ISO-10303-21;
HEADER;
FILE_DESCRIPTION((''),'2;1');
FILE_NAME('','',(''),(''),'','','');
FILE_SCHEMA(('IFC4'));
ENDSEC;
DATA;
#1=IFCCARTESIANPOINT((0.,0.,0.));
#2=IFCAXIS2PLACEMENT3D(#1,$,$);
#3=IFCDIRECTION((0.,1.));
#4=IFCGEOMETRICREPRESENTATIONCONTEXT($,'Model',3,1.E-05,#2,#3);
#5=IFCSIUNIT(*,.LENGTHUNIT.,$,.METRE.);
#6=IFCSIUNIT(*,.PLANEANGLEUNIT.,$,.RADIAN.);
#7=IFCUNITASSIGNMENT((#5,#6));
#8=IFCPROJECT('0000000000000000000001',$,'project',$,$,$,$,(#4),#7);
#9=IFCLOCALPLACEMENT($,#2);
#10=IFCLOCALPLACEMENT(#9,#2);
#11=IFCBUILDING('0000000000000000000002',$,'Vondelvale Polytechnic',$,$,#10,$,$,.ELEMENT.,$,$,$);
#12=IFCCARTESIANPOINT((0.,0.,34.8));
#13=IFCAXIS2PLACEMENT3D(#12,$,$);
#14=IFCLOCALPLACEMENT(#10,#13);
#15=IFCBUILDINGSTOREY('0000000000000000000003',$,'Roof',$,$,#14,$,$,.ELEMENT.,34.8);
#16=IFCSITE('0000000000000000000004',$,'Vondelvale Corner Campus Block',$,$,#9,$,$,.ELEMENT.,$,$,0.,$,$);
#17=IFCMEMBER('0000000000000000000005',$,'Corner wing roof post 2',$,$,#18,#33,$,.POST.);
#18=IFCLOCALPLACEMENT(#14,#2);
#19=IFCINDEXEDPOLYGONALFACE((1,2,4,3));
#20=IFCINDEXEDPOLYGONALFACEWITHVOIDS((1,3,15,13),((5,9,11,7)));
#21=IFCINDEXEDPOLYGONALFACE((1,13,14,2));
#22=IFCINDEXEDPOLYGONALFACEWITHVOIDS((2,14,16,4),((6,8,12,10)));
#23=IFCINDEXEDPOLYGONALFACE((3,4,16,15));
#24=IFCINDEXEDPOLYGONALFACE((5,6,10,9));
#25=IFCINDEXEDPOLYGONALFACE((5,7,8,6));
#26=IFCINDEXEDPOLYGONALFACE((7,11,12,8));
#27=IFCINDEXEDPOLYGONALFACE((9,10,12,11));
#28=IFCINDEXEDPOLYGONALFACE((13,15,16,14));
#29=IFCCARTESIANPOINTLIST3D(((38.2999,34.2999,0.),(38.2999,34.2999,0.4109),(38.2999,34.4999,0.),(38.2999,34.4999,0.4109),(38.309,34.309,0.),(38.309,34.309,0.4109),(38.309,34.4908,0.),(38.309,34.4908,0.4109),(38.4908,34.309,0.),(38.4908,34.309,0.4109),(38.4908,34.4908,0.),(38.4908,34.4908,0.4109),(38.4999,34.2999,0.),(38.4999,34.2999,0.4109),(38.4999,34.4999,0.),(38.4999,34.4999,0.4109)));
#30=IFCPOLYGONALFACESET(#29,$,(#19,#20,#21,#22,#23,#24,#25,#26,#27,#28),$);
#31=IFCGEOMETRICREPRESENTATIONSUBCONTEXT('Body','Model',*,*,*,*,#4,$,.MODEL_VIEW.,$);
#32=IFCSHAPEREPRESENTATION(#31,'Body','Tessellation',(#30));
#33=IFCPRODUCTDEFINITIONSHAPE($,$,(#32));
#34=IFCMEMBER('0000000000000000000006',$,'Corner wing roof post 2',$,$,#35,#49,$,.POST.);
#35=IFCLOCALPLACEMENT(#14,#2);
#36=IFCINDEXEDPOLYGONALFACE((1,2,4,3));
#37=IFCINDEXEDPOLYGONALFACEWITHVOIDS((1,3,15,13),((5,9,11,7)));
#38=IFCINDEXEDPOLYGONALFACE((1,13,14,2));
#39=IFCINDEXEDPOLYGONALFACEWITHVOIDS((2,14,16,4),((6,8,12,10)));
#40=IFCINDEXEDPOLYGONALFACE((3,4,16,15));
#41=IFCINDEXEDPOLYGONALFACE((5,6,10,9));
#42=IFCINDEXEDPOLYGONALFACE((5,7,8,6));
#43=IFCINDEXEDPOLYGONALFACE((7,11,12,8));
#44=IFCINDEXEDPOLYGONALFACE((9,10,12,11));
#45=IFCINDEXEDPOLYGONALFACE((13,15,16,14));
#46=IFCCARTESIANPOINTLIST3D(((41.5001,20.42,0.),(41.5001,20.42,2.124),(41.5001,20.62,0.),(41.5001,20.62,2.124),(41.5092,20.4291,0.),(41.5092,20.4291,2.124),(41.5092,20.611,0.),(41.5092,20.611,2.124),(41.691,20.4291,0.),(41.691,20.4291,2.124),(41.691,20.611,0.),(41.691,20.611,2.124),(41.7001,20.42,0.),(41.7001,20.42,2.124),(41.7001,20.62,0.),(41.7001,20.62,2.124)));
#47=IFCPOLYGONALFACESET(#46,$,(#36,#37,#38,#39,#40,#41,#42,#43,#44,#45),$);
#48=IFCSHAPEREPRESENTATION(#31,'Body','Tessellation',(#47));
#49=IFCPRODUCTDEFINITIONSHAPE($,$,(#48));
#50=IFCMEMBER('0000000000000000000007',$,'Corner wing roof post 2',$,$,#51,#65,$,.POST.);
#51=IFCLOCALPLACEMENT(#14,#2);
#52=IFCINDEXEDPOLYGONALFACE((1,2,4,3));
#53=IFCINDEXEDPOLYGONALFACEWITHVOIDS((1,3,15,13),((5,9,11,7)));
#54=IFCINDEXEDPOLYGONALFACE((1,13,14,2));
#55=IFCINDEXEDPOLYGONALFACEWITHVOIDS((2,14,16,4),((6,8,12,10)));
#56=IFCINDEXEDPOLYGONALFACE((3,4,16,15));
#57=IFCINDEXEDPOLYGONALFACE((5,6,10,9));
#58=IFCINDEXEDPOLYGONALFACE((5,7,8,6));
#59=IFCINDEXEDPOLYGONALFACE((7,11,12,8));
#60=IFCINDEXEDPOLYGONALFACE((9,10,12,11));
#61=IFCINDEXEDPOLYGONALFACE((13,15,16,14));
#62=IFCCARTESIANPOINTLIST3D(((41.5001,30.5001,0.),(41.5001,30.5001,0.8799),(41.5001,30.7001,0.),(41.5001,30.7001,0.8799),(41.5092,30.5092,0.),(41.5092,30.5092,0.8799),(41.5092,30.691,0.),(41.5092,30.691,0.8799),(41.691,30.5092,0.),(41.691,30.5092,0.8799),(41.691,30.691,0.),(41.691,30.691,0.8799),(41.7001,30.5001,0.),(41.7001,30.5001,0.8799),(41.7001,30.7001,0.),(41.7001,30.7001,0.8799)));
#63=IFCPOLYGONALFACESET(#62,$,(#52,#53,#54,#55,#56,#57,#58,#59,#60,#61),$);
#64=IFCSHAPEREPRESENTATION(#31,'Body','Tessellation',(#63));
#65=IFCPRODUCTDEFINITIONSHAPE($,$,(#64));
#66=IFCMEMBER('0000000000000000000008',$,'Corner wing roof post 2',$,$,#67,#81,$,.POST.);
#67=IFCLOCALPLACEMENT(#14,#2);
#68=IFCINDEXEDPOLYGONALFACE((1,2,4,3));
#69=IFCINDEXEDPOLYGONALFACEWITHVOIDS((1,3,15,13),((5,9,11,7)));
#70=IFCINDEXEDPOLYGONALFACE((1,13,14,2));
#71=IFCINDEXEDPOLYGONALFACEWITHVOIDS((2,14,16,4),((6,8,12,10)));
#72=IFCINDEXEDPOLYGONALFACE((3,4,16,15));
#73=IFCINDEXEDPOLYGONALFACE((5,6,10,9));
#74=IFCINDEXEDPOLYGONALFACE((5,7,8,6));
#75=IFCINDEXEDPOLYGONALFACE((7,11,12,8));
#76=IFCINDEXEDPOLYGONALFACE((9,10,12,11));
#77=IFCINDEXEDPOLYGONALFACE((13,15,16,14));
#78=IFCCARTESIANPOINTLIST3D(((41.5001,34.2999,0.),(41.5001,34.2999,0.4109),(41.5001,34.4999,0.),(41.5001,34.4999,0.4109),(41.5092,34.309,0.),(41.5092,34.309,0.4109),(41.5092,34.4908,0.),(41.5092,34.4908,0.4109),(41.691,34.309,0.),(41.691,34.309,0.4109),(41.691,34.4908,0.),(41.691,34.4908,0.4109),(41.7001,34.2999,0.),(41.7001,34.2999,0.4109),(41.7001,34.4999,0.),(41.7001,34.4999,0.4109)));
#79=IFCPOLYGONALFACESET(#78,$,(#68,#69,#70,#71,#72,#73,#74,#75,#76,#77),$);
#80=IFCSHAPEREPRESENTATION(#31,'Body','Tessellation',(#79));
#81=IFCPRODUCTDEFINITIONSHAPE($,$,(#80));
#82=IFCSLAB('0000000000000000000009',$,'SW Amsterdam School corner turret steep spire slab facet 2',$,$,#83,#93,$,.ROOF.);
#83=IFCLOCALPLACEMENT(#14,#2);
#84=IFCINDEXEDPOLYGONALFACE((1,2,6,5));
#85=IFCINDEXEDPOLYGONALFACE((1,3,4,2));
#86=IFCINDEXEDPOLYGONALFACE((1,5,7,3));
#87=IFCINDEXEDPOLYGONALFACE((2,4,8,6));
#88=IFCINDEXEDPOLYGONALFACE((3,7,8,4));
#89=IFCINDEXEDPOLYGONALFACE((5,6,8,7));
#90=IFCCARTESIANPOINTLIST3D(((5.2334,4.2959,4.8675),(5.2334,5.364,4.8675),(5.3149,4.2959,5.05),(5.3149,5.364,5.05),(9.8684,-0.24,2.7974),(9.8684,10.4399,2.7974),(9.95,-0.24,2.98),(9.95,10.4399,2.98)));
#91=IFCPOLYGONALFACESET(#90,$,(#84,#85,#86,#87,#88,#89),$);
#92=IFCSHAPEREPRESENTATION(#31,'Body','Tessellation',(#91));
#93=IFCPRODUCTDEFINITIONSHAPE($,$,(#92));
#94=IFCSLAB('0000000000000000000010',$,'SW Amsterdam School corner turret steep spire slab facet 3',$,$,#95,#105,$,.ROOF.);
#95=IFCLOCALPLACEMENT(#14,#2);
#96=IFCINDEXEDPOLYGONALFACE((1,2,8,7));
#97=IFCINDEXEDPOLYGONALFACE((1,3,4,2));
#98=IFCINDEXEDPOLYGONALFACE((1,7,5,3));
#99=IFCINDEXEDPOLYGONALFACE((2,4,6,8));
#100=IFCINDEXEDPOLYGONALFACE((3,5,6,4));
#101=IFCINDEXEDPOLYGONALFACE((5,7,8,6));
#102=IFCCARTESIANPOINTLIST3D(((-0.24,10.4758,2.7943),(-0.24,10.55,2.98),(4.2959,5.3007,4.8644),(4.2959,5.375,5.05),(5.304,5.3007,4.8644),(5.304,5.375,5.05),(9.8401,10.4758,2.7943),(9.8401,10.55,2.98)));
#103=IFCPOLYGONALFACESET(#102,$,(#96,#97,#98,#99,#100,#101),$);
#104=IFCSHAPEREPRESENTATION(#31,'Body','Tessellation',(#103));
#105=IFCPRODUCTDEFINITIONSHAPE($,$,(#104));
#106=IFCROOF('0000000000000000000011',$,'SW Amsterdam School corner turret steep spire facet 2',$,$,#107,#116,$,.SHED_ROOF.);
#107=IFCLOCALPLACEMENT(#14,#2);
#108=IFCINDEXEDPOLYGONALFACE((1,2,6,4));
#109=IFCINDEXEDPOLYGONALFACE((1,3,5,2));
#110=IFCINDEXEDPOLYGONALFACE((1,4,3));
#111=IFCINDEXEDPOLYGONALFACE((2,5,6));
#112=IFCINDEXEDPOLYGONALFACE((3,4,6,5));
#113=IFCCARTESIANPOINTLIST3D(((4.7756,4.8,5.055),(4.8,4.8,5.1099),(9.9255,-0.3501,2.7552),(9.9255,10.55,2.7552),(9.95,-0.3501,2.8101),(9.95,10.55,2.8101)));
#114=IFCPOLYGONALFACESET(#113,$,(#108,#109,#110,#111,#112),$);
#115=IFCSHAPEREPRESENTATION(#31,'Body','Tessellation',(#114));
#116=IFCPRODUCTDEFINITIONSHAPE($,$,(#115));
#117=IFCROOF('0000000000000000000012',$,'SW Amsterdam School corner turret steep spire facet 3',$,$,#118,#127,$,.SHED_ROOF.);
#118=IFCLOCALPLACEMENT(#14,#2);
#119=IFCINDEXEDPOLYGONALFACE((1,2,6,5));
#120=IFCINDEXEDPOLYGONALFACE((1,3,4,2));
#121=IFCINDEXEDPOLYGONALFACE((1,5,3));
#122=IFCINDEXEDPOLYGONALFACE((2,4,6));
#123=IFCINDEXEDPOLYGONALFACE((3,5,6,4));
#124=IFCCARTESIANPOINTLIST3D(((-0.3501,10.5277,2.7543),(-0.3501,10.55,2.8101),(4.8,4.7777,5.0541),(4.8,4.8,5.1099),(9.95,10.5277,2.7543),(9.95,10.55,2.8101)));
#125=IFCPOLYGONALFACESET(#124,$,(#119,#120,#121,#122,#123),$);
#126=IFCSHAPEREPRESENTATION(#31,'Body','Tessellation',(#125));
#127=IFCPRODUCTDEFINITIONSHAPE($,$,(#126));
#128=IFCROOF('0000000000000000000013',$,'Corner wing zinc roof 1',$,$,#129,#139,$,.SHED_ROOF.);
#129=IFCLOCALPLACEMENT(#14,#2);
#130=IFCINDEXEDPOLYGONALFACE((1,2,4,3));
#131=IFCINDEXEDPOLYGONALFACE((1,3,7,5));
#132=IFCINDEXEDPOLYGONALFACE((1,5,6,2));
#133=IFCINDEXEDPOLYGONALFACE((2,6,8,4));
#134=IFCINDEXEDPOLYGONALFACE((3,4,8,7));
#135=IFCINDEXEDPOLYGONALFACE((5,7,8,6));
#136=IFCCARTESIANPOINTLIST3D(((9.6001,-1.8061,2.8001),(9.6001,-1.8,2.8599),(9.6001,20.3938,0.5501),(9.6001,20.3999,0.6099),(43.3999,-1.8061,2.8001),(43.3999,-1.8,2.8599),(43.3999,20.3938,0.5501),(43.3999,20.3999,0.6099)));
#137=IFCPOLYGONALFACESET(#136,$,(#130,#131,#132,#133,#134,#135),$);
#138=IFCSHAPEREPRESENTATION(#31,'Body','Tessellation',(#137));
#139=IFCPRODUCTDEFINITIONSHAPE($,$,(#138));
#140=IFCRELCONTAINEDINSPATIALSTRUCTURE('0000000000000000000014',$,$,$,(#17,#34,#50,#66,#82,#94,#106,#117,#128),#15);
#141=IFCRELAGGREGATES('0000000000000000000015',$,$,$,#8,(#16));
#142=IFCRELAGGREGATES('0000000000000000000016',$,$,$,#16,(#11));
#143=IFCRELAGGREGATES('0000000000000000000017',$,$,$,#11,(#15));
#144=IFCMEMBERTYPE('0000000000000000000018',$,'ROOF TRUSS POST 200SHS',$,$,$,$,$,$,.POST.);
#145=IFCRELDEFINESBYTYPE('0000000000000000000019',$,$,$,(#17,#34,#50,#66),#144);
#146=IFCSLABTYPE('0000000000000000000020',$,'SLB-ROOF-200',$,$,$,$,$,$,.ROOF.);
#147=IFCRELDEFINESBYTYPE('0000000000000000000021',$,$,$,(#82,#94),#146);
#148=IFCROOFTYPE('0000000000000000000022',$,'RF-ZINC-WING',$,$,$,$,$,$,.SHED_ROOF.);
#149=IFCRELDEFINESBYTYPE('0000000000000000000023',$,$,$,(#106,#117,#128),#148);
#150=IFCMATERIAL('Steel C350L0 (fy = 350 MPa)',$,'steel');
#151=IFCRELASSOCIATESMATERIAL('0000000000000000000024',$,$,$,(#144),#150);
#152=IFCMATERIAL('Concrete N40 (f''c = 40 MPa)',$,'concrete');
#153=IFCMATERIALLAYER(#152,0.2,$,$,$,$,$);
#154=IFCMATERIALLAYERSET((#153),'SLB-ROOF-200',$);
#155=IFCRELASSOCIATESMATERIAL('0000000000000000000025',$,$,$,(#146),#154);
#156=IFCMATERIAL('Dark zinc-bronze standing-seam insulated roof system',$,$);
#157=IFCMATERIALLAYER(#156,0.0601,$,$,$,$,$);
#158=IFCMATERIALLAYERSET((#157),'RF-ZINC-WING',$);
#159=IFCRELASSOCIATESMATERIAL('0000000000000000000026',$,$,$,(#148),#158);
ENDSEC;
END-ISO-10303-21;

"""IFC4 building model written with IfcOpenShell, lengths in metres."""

from ifc_helpers import new_model, si_unit, direction, frame, origin, origin_2d, place, context, subcontext, project, spatial, polyline, hollow_rectangle, outline, extrude, material, layer, layer_set, material_profile, profile_set, type_object, element, save


model = new_model("IFC4")

# Units and contexts
model_context = context("Model", 3, precision=1e-05, world=origin(), true_north=direction((0.0, 1.0)))
body_context = subcontext(model_context, "Body", "Model", "MODEL_VIEW")
ifc_project = project(units=[si_unit("LENGTHUNIT", "METRE"), si_unit("PLANEANGLEUNIT", "RADIAN")], contexts=[model_context])

# Site, building, storey
site_placement = place(None, origin())
site = spatial("IfcSite", under=ifc_project, at=site_placement, Name="Vondelvale Corner Campus Block", CompositionType="ELEMENT", RefElevation=0.0)
building_placement = place(site_placement, origin())
building = spatial("IfcBuilding", under=site, at=building_placement, Name="Vondelvale Polytechnic", CompositionType="ELEMENT")
storey_placement = place(building_placement, frame((0.0, 0.0, 34.8)))
storey = spatial("IfcBuildingStorey", under=building, at=storey_placement, Name="Roof", CompositionType="ELEMENT", Elevation=34.8)

# Members
ifc_material_1 = material(Name="Steel C350L0 (fy = 350 MPa)", Category="steel")
ifc_material_profile_1 = material_profile(ifc_material_1, hollow_rectangle(XDim=0.2, YDim=0.2, WallThickness=0.009, at=origin_2d()), Name="200x200x9.0SHS")
ifc_profile_set_1 = profile_set([ifc_material_profile_1], Name="Steel C350L0 (fy = 350 MPa)")
member_type_1 = type_object("IfcMemberType", Name="ROOF TRUSS POST 200SHS", PredefinedType="POST", material=ifc_profile_set_1)
member_1_placement = place(storey_placement, frame((38.3999, 34.3999, 0.0), z_axis=(0.0, 0.0, 1.0), x_axis=(1.0, 0.0, 0.0)))
element("IfcMember", 1, at=member_1_placement, inside=storey, type_object=member_type_1, Name="Corner wing roof post 2", PredefinedType="POST", context=body_context, shape_type="SweptSolid", body=[
    extrude(hollow_rectangle(XDim=0.2, YDim=0.2, WallThickness=0.009, at=origin_2d()), origin(), (0.0, 0.0, 1.0), 0.4109),
])
member_2_placement = place(storey_placement, frame((41.6001, 20.52, 0.0), z_axis=(0.0, 0.0, 1.0), x_axis=(1.0, 0.0, 0.0)))
element("IfcMember", 2, at=member_2_placement, inside=storey, type_object=member_type_1, Name="Corner wing roof post 2", PredefinedType="POST", context=body_context, shape_type="SweptSolid", body=[
    extrude(hollow_rectangle(XDim=0.2, YDim=0.2, WallThickness=0.009, at=origin_2d()), origin(), (0.0, 0.0, 1.0), 2.124),
])
member_3_placement = place(storey_placement, frame((41.6001, 30.6001, 0.0), z_axis=(0.0, 0.0, 1.0), x_axis=(1.0, 0.0, 0.0)))
element("IfcMember", 3, at=member_3_placement, inside=storey, type_object=member_type_1, Name="Corner wing roof post 2", PredefinedType="POST", context=body_context, shape_type="SweptSolid", body=[
    extrude(hollow_rectangle(XDim=0.2, YDim=0.2, WallThickness=0.009, at=origin_2d()), origin(), (0.0, 0.0, 1.0), 0.8799),
])
member_4_placement = place(storey_placement, frame((41.6001, 34.3999, 0.0), z_axis=(0.0, 0.0, 1.0), x_axis=(1.0, 0.0, 0.0)))
element("IfcMember", 4, at=member_4_placement, inside=storey, type_object=member_type_1, Name="Corner wing roof post 2", PredefinedType="POST", context=body_context, shape_type="SweptSolid", body=[
    extrude(hollow_rectangle(XDim=0.2, YDim=0.2, WallThickness=0.009, at=origin_2d()), origin(), (0.0, 0.0, 1.0), 0.4109),
])

# Slabs
ifc_material_2 = material(Name="Concrete N40 (f'c = 40 MPa)", Category="concrete")
ifc_layer_1 = layer(ifc_material_2, 0.2)
ifc_layer_set_1 = layer_set([ifc_layer_1], Name="SLB-ROOF-200")
slab_type = type_object("IfcSlabType", Name="SLB-ROOF-200", PredefinedType="ROOF", material=ifc_layer_set_1)
slab_1_placement = place(storey_placement, frame((9.95, -0.24, 2.98), z_axis=(0.407793, 0.0, 0.913074), x_axis=(0.0, 1.0, 0.0)))
element("IfcSlab", 5, at=slab_1_placement, inside=storey, type_object=slab_type, Name="SW Amsterdam School corner turret steep spire slab facet 2", PredefinedType="ROOF", context=body_context, shape_type="SweptSolid", body=[
    extrude(outline(polyline([(0.0, 0.0), (10.6799, 0.0), (5.604, 5.0763), (4.5359, 5.0763), (0.0, 0.0)])), origin(), (0.0, 0.0, -1.0), 0.2),
])
slab_2_placement = place(storey_placement, frame((9.8401, 10.55, 2.98), z_axis=(0.0, 0.371398, 0.928474), x_axis=(-1.0, 0.0, 0.0)))
element("IfcSlab", 6, at=slab_2_placement, inside=storey, type_object=slab_type, Name="SW Amsterdam School corner turret steep spire slab facet 3", PredefinedType="ROOF", context=body_context, shape_type="SweptSolid", body=[
    extrude(outline(polyline([(0.0, 0.0), (10.0801, 0.0), (5.5442, 5.5737), (4.5361, 5.5737), (0.0, 0.0)])), origin(), (0.0, 0.0, -1.0), 0.2),
])

# Roofs
ifc_material_3 = material(Name="Dark zinc-bronze standing-seam insulated roof system")
ifc_layer_2 = layer(ifc_material_3, 0.0601)
ifc_layer_set_2 = layer_set([ifc_layer_2], Name="RF-ZINC-WING")
roof_type = type_object("IfcRoofType", Name="RF-ZINC-WING", PredefinedType="SHED_ROOF", material=ifc_layer_set_2)
roof_1_placement = place(storey_placement, frame((9.95, -0.3501, 2.8101), z_axis=(0.40776, 0.0, 0.913089), x_axis=(0.0, 1.0, 0.0)))
element("IfcRoof", 7, at=roof_1_placement, inside=storey, type_object=roof_type, Name="SW Amsterdam School corner turret steep spire facet 2", PredefinedType="SHED_ROOF", context=body_context, shape_type="SweptSolid", body=[
    extrude(outline(polyline([(0.0, 0.0), (10.9001, 0.0), (5.1501, 5.6401), (0.0, 0.0)])), origin(), (0.0, 0.0, -1.0), 0.0601),
])
roof_2_placement = place(storey_placement, frame((9.95, 10.55, 2.8101), z_axis=(0.0, 0.371363, 0.928488), x_axis=(-1.0, 0.0, 0.0)))
element("IfcRoof", 8, at=roof_2_placement, inside=storey, type_object=roof_type, Name="SW Amsterdam School corner turret steep spire facet 3", PredefinedType="SHED_ROOF", context=body_context, shape_type="SweptSolid", body=[
    extrude(outline(polyline([(0.0, 0.0), (10.3, 0.0), (5.1499, 6.1929), (0.0, 0.0)])), origin(), (0.0, 0.0, -1.0), 0.0601),
])
roof_3_placement = place(storey_placement, frame((9.6001, -1.8, 2.8599), z_axis=(0.0, 0.100835, 0.994903), x_axis=(1.0, 0.0, 0.0)))
element("IfcRoof", 9, at=roof_3_placement, inside=storey, type_object=roof_type, Name="Corner wing zinc roof 1", PredefinedType="SHED_ROOF", context=body_context, shape_type="SweptSolid", body=[
    extrude(outline(polyline([(0.0, 0.0), (33.7998, 0.0), (33.7998, 22.3137), (0.0, 22.3137), (0.0, 0.0)])), origin(), (0.0, 0.0, -1.0), 0.0601),
])

save(model, "model.ifc")
